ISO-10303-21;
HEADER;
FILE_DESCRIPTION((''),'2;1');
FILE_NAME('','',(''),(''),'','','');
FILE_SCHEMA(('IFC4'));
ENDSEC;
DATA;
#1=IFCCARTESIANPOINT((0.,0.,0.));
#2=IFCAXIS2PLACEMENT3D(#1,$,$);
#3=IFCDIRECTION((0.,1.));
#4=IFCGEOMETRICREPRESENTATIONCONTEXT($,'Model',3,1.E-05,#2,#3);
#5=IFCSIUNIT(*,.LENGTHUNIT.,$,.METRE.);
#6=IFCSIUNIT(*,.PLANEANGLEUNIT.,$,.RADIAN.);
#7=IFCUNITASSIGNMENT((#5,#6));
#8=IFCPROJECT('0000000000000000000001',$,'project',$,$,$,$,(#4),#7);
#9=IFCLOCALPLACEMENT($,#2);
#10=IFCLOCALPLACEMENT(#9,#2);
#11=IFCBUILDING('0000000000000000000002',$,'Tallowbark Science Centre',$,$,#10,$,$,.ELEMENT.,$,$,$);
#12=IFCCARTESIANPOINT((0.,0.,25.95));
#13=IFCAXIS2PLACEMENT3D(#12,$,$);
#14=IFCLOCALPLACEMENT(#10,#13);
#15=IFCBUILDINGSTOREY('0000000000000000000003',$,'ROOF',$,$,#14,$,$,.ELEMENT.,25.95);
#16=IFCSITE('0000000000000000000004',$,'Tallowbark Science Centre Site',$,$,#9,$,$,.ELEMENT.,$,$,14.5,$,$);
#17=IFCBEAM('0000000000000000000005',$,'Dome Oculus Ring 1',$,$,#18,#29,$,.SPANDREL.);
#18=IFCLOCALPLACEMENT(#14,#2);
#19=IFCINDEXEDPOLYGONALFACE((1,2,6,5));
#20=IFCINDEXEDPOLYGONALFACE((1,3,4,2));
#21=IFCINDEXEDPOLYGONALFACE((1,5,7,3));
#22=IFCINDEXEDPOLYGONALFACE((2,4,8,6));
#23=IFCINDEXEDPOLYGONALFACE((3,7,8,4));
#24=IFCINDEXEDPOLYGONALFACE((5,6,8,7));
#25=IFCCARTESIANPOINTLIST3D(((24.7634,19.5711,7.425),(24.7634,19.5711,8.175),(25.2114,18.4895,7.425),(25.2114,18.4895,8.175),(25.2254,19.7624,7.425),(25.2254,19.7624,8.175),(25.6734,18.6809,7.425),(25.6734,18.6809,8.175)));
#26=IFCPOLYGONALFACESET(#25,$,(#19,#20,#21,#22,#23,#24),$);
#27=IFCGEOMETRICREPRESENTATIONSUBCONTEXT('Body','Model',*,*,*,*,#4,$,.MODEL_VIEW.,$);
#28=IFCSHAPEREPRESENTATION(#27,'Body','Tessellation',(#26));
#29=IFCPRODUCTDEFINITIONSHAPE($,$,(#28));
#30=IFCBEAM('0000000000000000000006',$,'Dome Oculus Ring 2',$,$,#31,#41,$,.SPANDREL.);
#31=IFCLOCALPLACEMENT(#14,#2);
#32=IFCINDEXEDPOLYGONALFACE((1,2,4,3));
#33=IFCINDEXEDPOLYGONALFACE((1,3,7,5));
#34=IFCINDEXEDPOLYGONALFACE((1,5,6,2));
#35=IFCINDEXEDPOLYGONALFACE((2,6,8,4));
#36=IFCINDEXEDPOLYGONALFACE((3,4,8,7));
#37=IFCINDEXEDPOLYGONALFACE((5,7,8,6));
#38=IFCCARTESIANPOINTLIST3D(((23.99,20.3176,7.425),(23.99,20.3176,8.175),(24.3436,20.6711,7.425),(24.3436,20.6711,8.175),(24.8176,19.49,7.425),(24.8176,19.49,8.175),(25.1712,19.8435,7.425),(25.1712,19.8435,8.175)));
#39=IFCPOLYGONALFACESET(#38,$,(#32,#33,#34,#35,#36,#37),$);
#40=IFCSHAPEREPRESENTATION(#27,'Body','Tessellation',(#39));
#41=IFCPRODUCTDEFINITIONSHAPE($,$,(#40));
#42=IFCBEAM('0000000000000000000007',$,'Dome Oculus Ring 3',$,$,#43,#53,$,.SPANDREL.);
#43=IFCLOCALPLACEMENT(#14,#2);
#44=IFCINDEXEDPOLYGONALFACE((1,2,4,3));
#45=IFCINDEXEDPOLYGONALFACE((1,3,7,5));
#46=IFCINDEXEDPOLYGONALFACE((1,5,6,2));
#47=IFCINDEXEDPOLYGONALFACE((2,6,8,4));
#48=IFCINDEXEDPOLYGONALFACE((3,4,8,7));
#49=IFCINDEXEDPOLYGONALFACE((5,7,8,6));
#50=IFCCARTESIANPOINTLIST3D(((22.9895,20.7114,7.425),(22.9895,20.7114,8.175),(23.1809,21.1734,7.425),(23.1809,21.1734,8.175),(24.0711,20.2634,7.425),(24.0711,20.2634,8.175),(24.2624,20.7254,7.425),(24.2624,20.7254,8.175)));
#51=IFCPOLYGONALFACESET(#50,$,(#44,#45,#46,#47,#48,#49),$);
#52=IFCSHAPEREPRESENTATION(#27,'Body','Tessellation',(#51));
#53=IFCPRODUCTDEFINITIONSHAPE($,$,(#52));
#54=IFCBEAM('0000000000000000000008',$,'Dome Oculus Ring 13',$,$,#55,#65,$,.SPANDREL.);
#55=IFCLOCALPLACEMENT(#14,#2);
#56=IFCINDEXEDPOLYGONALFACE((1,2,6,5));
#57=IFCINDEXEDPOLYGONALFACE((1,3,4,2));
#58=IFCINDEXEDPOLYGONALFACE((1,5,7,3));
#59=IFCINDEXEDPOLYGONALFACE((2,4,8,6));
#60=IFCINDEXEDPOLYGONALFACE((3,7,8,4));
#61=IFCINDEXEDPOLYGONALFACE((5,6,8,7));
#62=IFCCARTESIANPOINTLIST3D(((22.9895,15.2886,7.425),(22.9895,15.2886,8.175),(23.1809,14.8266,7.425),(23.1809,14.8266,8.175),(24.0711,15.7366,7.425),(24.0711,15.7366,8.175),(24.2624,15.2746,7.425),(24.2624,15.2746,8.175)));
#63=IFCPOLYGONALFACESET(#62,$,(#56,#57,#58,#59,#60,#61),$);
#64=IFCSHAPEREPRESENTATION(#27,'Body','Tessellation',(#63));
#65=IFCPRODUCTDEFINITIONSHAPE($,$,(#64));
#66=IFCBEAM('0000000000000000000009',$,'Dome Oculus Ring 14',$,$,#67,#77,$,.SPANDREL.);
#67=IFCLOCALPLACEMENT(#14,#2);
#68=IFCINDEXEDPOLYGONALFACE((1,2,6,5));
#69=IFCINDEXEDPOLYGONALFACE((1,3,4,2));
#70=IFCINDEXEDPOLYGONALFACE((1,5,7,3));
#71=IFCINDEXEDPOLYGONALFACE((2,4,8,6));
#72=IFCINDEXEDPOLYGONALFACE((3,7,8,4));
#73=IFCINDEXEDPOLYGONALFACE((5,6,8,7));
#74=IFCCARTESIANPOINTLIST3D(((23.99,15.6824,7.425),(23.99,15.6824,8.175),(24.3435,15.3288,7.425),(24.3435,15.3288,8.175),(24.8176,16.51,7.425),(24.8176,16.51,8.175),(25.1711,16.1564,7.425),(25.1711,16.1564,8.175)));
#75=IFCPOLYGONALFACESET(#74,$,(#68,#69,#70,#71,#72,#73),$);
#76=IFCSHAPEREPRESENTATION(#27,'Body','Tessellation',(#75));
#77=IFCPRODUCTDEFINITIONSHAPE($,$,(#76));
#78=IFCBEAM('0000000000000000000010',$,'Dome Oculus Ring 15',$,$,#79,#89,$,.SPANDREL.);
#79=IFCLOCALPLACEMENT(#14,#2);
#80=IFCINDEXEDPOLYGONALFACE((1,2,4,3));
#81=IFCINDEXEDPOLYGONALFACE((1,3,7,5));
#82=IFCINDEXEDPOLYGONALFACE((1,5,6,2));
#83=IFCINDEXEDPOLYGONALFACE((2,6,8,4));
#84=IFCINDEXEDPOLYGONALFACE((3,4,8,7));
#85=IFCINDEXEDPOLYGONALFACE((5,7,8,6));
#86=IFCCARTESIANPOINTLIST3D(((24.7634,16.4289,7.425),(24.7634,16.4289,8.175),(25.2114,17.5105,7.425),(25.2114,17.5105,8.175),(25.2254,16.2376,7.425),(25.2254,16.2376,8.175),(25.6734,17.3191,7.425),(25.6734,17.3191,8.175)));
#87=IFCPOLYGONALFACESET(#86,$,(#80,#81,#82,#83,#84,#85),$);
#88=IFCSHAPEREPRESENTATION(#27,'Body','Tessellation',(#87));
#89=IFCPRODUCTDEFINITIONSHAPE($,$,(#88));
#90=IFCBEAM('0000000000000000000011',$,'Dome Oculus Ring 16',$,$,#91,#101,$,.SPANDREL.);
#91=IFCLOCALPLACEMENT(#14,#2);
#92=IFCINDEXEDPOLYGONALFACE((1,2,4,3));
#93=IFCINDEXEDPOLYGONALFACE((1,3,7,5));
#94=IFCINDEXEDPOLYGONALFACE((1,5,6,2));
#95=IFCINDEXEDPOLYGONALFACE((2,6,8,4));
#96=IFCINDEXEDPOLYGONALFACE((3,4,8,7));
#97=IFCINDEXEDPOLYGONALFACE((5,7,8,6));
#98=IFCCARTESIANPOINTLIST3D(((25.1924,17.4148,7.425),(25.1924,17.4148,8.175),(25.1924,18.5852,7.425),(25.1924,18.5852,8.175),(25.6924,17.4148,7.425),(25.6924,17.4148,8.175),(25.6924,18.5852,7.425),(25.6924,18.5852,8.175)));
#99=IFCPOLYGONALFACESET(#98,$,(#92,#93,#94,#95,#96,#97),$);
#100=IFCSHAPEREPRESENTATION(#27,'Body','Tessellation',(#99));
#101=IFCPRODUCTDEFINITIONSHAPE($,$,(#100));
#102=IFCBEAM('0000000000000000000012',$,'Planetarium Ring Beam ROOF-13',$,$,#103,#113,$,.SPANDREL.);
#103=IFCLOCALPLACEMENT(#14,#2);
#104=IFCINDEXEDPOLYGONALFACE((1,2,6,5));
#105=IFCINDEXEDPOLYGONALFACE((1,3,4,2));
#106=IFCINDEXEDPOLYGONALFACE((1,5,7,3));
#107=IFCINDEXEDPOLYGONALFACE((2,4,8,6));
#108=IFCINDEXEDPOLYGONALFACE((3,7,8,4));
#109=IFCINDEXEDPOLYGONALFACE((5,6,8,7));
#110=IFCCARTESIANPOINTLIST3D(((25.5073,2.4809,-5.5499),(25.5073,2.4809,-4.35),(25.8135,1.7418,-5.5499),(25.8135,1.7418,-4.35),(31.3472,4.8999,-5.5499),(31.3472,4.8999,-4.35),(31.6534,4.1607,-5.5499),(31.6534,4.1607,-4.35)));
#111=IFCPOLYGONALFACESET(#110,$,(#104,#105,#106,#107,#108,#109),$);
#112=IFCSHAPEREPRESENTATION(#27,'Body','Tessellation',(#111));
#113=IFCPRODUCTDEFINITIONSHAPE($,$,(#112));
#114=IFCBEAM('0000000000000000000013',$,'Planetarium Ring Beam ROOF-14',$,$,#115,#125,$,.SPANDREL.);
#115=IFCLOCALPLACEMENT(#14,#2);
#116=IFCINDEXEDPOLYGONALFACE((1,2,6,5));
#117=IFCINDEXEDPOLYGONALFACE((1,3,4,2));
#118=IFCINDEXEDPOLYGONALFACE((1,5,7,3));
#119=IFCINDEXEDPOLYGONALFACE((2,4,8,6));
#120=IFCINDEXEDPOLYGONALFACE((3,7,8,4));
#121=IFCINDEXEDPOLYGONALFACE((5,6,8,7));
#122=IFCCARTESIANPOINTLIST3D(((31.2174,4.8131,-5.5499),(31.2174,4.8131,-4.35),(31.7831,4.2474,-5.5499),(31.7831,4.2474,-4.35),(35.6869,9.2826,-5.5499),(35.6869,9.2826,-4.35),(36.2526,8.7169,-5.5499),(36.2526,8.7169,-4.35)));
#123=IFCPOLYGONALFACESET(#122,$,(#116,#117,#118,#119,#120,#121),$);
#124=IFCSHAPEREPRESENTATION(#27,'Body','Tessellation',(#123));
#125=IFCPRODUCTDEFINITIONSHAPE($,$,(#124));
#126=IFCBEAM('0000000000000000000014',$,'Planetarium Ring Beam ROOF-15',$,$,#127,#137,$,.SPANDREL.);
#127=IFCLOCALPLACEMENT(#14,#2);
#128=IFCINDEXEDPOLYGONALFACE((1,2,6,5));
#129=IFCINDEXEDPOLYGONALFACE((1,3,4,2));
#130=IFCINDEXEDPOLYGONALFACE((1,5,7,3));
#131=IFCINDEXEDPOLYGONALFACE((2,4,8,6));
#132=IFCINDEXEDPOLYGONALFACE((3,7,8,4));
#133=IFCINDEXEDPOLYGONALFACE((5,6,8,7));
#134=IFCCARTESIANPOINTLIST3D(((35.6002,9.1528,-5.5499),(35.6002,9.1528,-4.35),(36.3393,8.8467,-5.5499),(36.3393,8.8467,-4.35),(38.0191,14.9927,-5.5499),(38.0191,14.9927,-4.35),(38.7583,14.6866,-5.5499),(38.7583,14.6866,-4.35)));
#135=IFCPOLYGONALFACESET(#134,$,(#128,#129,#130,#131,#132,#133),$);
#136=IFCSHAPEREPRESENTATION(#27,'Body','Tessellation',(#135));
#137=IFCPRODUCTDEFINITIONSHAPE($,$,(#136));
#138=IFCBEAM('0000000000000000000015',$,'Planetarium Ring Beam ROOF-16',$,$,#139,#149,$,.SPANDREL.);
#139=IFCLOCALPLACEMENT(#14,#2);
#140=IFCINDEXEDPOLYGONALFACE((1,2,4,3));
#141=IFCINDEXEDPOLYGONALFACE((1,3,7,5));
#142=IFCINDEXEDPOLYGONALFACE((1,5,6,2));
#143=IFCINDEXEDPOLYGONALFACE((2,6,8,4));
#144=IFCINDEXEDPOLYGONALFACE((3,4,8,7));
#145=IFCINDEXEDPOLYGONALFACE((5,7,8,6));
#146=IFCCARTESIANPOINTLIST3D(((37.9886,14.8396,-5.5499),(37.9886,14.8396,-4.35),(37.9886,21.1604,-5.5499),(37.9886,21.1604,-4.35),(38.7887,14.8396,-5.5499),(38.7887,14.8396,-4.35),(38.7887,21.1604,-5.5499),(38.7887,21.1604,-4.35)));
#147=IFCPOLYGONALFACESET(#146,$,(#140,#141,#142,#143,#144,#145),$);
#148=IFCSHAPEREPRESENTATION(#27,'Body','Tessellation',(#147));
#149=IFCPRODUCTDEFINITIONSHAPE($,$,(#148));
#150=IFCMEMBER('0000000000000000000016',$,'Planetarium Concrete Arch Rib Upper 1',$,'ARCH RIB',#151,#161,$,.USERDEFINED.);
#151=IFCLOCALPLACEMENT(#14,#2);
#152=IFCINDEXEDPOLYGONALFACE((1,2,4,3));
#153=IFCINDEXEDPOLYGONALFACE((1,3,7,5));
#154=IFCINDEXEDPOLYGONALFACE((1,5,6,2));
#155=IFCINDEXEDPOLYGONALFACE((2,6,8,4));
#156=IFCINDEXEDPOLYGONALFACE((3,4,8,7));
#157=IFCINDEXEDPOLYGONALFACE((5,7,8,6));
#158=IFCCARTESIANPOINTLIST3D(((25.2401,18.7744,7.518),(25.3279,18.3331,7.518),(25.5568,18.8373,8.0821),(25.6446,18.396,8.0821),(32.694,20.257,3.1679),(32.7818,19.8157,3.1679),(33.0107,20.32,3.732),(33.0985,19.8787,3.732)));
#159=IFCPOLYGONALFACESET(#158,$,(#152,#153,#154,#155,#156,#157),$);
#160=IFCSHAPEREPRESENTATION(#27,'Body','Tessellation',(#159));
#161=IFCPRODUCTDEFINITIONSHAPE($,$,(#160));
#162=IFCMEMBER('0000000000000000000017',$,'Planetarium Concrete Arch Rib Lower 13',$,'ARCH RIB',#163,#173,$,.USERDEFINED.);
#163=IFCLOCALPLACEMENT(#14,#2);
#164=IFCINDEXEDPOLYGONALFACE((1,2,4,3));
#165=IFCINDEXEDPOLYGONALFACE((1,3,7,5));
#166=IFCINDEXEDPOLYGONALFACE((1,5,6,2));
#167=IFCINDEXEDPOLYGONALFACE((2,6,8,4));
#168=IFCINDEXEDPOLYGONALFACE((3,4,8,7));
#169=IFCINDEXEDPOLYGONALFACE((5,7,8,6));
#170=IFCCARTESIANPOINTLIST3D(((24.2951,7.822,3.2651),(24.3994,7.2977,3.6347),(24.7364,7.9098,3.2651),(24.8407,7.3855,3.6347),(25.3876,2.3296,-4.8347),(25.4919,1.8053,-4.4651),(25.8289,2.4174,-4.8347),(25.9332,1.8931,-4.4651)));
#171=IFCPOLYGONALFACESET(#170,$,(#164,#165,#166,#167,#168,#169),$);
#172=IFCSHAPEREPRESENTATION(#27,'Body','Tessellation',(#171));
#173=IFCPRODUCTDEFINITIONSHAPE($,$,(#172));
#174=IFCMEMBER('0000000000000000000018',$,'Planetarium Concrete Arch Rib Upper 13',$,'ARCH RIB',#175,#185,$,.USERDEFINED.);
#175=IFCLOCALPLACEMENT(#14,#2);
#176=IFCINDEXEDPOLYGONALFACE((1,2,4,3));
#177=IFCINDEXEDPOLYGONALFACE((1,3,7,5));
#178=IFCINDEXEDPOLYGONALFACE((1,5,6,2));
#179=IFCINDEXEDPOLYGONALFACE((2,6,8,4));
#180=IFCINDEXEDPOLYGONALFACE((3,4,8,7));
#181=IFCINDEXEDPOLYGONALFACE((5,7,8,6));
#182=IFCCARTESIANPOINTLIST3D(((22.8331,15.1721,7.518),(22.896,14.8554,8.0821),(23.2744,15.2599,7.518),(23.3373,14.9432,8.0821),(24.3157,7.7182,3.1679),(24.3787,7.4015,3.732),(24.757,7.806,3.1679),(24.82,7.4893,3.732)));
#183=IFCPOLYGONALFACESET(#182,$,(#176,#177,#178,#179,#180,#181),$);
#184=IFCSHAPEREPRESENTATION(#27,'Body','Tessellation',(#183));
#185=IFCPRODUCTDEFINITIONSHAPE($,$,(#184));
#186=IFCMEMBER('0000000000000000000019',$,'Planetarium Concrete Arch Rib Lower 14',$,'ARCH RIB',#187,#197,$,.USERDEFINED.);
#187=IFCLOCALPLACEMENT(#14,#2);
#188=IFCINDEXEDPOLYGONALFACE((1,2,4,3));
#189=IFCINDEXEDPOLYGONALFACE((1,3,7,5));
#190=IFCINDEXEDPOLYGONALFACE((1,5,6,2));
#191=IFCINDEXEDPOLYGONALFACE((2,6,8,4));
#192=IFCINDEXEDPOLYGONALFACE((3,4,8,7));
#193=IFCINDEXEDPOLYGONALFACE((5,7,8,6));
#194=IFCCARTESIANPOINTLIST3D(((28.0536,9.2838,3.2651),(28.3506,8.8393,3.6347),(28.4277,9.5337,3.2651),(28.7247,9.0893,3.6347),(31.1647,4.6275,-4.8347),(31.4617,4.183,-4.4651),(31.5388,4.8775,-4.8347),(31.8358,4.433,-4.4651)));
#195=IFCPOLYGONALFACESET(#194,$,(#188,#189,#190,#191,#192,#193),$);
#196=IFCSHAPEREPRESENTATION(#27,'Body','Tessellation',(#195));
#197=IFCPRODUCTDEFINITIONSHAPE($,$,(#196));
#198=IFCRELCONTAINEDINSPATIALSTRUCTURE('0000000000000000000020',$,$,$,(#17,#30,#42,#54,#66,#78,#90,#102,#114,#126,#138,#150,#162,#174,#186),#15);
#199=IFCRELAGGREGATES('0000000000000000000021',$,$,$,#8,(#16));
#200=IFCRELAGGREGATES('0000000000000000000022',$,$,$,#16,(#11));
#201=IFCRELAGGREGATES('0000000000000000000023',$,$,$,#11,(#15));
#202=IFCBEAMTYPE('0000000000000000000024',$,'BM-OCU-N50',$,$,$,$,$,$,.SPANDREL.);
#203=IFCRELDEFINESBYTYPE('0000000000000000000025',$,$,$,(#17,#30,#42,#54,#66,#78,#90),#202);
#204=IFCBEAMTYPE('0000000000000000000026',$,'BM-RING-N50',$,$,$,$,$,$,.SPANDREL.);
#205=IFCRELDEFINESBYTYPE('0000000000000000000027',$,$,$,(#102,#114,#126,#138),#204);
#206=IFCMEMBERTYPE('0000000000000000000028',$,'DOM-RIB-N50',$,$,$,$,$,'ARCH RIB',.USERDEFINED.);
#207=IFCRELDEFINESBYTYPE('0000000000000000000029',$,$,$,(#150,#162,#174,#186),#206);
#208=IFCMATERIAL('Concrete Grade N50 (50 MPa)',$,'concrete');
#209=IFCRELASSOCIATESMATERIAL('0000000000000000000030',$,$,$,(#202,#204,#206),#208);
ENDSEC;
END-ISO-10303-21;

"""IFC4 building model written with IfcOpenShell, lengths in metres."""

from ifc_helpers import new_model, si_unit, direction, frame, origin, origin_2d, place, context, subcontext, project, spatial, rectangle, extrude, material, material_profile, profile_set, type_object, element, save


model = new_model("IFC4")

# Units and contexts
model_context = context("Model", 3, precision=1e-05, world=origin(), true_north=direction((0.0, 1.0)))
body_context = subcontext(model_context, "Body", "Model", "MODEL_VIEW")
ifc_project = project(units=[si_unit("LENGTHUNIT", "METRE"), si_unit("PLANEANGLEUNIT", "RADIAN")], contexts=[model_context])

# Site, building, storey
site_placement = place(None, origin())
site = spatial("IfcSite", under=ifc_project, at=site_placement, Name="Tallowbark Science Centre Site", CompositionType="ELEMENT", RefElevation=14.5)
building_placement = place(site_placement, origin())
building = spatial("IfcBuilding", under=site, at=building_placement, Name="Tallowbark Science Centre", CompositionType="ELEMENT")
storey_placement = place(building_placement, frame((0.0, 0.0, 25.95)))
storey = spatial("IfcBuildingStorey", under=building, at=storey_placement, Name="ROOF", CompositionType="ELEMENT", Elevation=25.95)

# Beams
ifc_material_1 = material(Name="Concrete Grade N50 (50 MPa)", Category="concrete")
ifc_material_profile_1 = material_profile(ifc_material_1, rectangle(XDim=0.5, YDim=0.75, at=origin_2d()), Name="RC500x750")
ifc_profile_set_1 = profile_set([ifc_material_profile_1], Name="Concrete Grade N50 (50 MPa)")
beam_type_1 = type_object("IfcBeamType", Name="BM-OCU-N50", PredefinedType="SPANDREL", material=ifc_profile_set_1)
beam_1_placement = place(storey_placement, frame((25.4424, 18.5852, 7.8), z_axis=(-0.382689, 0.923877, 0.0), x_axis=(-0.923877, -0.382689, 0.0)))
element("IfcBeam", 1, at=beam_1_placement, inside=storey, type_object=beam_type_1, Name="Dome Oculus Ring 1", PredefinedType="SPANDREL", context=body_context, shape_type="SweptSolid", body=[
    extrude(rectangle(XDim=0.5, YDim=0.75, at=origin_2d()), origin(), (0.0, 0.0, 1.0), 1.1707),
])
beam_2_placement = place(storey_placement, frame((24.9944, 19.6667, 7.8), z_axis=(-0.707107, 0.707107, 0.0), x_axis=(-0.707107, -0.707107, 0.0)))
element("IfcBeam", 2, at=beam_2_placement, inside=storey, type_object=beam_type_1, Name="Dome Oculus Ring 2", PredefinedType="SPANDREL", context=body_context, shape_type="SweptSolid", body=[
    extrude(rectangle(XDim=0.5, YDim=0.75, at=origin_2d()), origin(), (0.0, 0.0, 1.0), 1.1704),
])
for number, where, z_axis, x_axis, name in (
    (3, (24.1667, 20.4944, 7.8), (-0.923877, 0.382689, 0.0), (-0.382689, -0.923877, 0.0), "Dome Oculus Ring 3"),
    (4, (23.0852, 15.0576, 7.8), (0.923877, 0.382689, 0.0), (-0.382689, 0.923877, 0.0), "Dome Oculus Ring 13"),
):
    element("IfcBeam", number, at=place(storey_placement, frame(where, z_axis=z_axis, x_axis=x_axis)), inside=storey, type_object=beam_type_1, Name=name, PredefinedType="SPANDREL", context=body_context, shape_type="SweptSolid", body=[
        extrude(rectangle(XDim=0.5, YDim=0.75, at=origin_2d()), origin(), (0.0, 0.0, 1.0), 1.1707),
    ])
beam_3_placement = place(storey_placement, frame((24.1667, 15.5056, 7.8), z_axis=(0.707107, 0.707107, 0.0), x_axis=(-0.707107, 0.707107, 0.0)))
element("IfcBeam", 5, at=beam_3_placement, inside=storey, type_object=beam_type_1, Name="Dome Oculus Ring 14", PredefinedType="SPANDREL", context=body_context, shape_type="SweptSolid", body=[
    extrude(rectangle(XDim=0.5, YDim=0.75, at=origin_2d()), origin(), (0.0, 0.0, 1.0), 1.1704),
])
beam_4_placement = place(storey_placement, frame((24.9944, 16.3333, 7.8), z_axis=(0.382689, 0.923877, 0.0), x_axis=(-0.923877, 0.382689, 0.0)))
element("IfcBeam", 6, at=beam_4_placement, inside=storey, type_object=beam_type_1, Name="Dome Oculus Ring 15", PredefinedType="SPANDREL", context=body_context, shape_type="SweptSolid", body=[
    extrude(rectangle(XDim=0.5, YDim=0.75, at=origin_2d()), origin(), (0.0, 0.0, 1.0), 1.1707),
])
beam_5_placement = place(storey_placement, frame((25.4424, 17.4148, 7.8), z_axis=(0.0, 1.0, 0.0), x_axis=(-1.0, 0.0, 0.0)))
element("IfcBeam", 7, at=beam_5_placement, inside=storey, type_object=beam_type_1, Name="Dome Oculus Ring 16", PredefinedType="SPANDREL", context=body_context, shape_type="SweptSolid", body=[
    extrude(rectangle(XDim=0.5, YDim=0.75, at=origin_2d()), origin(), (0.0, 0.0, 1.0), 1.1704),
])
ifc_material_profile_2 = material_profile(ifc_material_1, rectangle(XDim=0.8, YDim=1.2, at=origin_2d()), Name="RC800x1200")
ifc_profile_set_2 = profile_set([ifc_material_profile_2], Name="Concrete Grade N50 (50 MPa)")
beam_type_2 = type_object("IfcBeamType", Name="BM-RING-N50", PredefinedType="SPANDREL", material=ifc_profile_set_2)
beam_6_placement = place(storey_placement, frame((25.6604, 2.1113, -4.95), z_axis=(0.923879, 0.382684, 0.0), x_axis=(-0.382684, 0.923879, 0.0)))
element("IfcBeam", 8, at=beam_6_placement, inside=storey, type_object=beam_type_2, Name="Planetarium Ring Beam ROOF-13", PredefinedType="SPANDREL", context=body_context, shape_type="SweptSolid", body=[
    extrude(rectangle(XDim=0.8, YDim=1.2, at=origin_2d()), origin(), (0.0, 0.0, 1.0), 6.321),
])
beam_7_placement = place(storey_placement, frame((31.5002, 4.5303, -4.95), z_axis=(0.707107, 0.707107, 0.0), x_axis=(-0.707107, 0.707107, 0.0)))
element("IfcBeam", 9, at=beam_7_placement, inside=storey, type_object=beam_type_2, Name="Planetarium Ring Beam ROOF-14", PredefinedType="SPANDREL", context=body_context, shape_type="SweptSolid", body=[
    extrude(rectangle(XDim=0.8, YDim=1.2, at=origin_2d()), origin(), (0.0, 0.0, 1.0), 6.3208),
])
beam_8_placement = place(storey_placement, frame((35.9697, 8.9998, -4.95), z_axis=(0.382684, 0.923879, 0.0), x_axis=(-0.923879, 0.382684, 0.0)))
element("IfcBeam", 10, at=beam_8_placement, inside=storey, type_object=beam_type_2, Name="Planetarium Ring Beam ROOF-15", PredefinedType="SPANDREL", context=body_context, shape_type="SweptSolid", body=[
    extrude(rectangle(XDim=0.8, YDim=1.2, at=origin_2d()), origin(), (0.0, 0.0, 1.0), 6.321),
])
beam_9_placement = place(storey_placement, frame((38.3887, 14.8396, -4.95), z_axis=(0.0, 1.0, 0.0), x_axis=(-1.0, 0.0, 0.0)))
element("IfcBeam", 11, at=beam_9_placement, inside=storey, type_object=beam_type_2, Name="Planetarium Ring Beam ROOF-16", PredefinedType="SPANDREL", context=body_context, shape_type="SweptSolid", body=[
    extrude(rectangle(XDim=0.8, YDim=1.2, at=origin_2d()), origin(), (0.0, 0.0, 1.0), 6.3208),
])

# Members
ifc_material_profile_3 = material_profile(ifc_material_1, rectangle(XDim=0.45, YDim=0.6499, at=origin_2d()), Name="RC450x650")
ifc_profile_set_3 = profile_set([ifc_material_profile_3], Name="Concrete Grade N50 (50 MPa)")
member_type_1 = type_object("IfcMemberType", Name="DOM-RIB-N50", ElementType="ARCH RIB", PredefinedType="USERDEFINED", material=ifc_profile_set_3)
member_1_placement = place(storey_placement, frame((32.8962, 20.0679, 3.45), z_axis=(-0.851207, -0.169316, 0.496768), x_axis=(0.195091, -0.980785, 0.0)))
element("IfcMember", 12, at=member_1_placement, inside=storey, type_object=member_type_1, Name="Planetarium Concrete Arch Rib Upper 1", ObjectType="ARCH RIB", PredefinedType="USERDEFINED", context=body_context, shape_type="SweptSolid", body=[
    extrude(rectangle(XDim=0.45, YDim=0.6499, at=origin_2d()), origin(), (0.0, 0.0, 1.0), 8.7568),
])
member_2_placement = place(storey_placement, frame((25.6604, 2.1113, -4.6499), z_axis=(-0.110948, 0.557764, 0.822551), x_axis=(-0.980785, -0.195093, 0.0)))
element("IfcMember", 13, at=member_2_placement, inside=storey, type_object=member_type_1, Name="Planetarium Concrete Arch Rib Lower 13", ObjectType="ARCH RIB", PredefinedType="USERDEFINED", context=body_context, shape_type="SweptSolid", body=[
    extrude(rectangle(XDim=0.45, YDim=0.6499, at=origin_2d()), origin(), (0.0, 0.0, 1.0), 9.8472),
])
member_3_placement = place(storey_placement, frame((24.5679, 7.6038, 3.45), z_axis=(-0.169316, 0.851207, 0.496768), x_axis=(-0.980785, -0.195091, 0.0)))
element("IfcMember", 14, at=member_3_placement, inside=storey, type_object=member_type_1, Name="Planetarium Concrete Arch Rib Upper 13", ObjectType="ARCH RIB", PredefinedType="USERDEFINED", context=body_context, shape_type="SweptSolid", body=[
    extrude(rectangle(XDim=0.45, YDim=0.6499, at=origin_2d()), origin(), (0.0, 0.0, 1.0), 8.7568),
])
member_4_placement = place(storey_placement, frame((31.5002, 4.5303, -4.6499), z_axis=(-0.315936, 0.472851, 0.822555), x_axis=(-0.83148, -0.555555, 0.0)))
element("IfcMember", 15, at=member_4_placement, inside=storey, type_object=member_type_1, Name="Planetarium Concrete Arch Rib Lower 14", ObjectType="ARCH RIB", PredefinedType="USERDEFINED", context=body_context, shape_type="SweptSolid", body=[
    extrude(rectangle(XDim=0.45, YDim=0.6499, at=origin_2d()), origin(), (0.0, 0.0, 1.0), 9.8472),
])

save(model, "model.ifc")
